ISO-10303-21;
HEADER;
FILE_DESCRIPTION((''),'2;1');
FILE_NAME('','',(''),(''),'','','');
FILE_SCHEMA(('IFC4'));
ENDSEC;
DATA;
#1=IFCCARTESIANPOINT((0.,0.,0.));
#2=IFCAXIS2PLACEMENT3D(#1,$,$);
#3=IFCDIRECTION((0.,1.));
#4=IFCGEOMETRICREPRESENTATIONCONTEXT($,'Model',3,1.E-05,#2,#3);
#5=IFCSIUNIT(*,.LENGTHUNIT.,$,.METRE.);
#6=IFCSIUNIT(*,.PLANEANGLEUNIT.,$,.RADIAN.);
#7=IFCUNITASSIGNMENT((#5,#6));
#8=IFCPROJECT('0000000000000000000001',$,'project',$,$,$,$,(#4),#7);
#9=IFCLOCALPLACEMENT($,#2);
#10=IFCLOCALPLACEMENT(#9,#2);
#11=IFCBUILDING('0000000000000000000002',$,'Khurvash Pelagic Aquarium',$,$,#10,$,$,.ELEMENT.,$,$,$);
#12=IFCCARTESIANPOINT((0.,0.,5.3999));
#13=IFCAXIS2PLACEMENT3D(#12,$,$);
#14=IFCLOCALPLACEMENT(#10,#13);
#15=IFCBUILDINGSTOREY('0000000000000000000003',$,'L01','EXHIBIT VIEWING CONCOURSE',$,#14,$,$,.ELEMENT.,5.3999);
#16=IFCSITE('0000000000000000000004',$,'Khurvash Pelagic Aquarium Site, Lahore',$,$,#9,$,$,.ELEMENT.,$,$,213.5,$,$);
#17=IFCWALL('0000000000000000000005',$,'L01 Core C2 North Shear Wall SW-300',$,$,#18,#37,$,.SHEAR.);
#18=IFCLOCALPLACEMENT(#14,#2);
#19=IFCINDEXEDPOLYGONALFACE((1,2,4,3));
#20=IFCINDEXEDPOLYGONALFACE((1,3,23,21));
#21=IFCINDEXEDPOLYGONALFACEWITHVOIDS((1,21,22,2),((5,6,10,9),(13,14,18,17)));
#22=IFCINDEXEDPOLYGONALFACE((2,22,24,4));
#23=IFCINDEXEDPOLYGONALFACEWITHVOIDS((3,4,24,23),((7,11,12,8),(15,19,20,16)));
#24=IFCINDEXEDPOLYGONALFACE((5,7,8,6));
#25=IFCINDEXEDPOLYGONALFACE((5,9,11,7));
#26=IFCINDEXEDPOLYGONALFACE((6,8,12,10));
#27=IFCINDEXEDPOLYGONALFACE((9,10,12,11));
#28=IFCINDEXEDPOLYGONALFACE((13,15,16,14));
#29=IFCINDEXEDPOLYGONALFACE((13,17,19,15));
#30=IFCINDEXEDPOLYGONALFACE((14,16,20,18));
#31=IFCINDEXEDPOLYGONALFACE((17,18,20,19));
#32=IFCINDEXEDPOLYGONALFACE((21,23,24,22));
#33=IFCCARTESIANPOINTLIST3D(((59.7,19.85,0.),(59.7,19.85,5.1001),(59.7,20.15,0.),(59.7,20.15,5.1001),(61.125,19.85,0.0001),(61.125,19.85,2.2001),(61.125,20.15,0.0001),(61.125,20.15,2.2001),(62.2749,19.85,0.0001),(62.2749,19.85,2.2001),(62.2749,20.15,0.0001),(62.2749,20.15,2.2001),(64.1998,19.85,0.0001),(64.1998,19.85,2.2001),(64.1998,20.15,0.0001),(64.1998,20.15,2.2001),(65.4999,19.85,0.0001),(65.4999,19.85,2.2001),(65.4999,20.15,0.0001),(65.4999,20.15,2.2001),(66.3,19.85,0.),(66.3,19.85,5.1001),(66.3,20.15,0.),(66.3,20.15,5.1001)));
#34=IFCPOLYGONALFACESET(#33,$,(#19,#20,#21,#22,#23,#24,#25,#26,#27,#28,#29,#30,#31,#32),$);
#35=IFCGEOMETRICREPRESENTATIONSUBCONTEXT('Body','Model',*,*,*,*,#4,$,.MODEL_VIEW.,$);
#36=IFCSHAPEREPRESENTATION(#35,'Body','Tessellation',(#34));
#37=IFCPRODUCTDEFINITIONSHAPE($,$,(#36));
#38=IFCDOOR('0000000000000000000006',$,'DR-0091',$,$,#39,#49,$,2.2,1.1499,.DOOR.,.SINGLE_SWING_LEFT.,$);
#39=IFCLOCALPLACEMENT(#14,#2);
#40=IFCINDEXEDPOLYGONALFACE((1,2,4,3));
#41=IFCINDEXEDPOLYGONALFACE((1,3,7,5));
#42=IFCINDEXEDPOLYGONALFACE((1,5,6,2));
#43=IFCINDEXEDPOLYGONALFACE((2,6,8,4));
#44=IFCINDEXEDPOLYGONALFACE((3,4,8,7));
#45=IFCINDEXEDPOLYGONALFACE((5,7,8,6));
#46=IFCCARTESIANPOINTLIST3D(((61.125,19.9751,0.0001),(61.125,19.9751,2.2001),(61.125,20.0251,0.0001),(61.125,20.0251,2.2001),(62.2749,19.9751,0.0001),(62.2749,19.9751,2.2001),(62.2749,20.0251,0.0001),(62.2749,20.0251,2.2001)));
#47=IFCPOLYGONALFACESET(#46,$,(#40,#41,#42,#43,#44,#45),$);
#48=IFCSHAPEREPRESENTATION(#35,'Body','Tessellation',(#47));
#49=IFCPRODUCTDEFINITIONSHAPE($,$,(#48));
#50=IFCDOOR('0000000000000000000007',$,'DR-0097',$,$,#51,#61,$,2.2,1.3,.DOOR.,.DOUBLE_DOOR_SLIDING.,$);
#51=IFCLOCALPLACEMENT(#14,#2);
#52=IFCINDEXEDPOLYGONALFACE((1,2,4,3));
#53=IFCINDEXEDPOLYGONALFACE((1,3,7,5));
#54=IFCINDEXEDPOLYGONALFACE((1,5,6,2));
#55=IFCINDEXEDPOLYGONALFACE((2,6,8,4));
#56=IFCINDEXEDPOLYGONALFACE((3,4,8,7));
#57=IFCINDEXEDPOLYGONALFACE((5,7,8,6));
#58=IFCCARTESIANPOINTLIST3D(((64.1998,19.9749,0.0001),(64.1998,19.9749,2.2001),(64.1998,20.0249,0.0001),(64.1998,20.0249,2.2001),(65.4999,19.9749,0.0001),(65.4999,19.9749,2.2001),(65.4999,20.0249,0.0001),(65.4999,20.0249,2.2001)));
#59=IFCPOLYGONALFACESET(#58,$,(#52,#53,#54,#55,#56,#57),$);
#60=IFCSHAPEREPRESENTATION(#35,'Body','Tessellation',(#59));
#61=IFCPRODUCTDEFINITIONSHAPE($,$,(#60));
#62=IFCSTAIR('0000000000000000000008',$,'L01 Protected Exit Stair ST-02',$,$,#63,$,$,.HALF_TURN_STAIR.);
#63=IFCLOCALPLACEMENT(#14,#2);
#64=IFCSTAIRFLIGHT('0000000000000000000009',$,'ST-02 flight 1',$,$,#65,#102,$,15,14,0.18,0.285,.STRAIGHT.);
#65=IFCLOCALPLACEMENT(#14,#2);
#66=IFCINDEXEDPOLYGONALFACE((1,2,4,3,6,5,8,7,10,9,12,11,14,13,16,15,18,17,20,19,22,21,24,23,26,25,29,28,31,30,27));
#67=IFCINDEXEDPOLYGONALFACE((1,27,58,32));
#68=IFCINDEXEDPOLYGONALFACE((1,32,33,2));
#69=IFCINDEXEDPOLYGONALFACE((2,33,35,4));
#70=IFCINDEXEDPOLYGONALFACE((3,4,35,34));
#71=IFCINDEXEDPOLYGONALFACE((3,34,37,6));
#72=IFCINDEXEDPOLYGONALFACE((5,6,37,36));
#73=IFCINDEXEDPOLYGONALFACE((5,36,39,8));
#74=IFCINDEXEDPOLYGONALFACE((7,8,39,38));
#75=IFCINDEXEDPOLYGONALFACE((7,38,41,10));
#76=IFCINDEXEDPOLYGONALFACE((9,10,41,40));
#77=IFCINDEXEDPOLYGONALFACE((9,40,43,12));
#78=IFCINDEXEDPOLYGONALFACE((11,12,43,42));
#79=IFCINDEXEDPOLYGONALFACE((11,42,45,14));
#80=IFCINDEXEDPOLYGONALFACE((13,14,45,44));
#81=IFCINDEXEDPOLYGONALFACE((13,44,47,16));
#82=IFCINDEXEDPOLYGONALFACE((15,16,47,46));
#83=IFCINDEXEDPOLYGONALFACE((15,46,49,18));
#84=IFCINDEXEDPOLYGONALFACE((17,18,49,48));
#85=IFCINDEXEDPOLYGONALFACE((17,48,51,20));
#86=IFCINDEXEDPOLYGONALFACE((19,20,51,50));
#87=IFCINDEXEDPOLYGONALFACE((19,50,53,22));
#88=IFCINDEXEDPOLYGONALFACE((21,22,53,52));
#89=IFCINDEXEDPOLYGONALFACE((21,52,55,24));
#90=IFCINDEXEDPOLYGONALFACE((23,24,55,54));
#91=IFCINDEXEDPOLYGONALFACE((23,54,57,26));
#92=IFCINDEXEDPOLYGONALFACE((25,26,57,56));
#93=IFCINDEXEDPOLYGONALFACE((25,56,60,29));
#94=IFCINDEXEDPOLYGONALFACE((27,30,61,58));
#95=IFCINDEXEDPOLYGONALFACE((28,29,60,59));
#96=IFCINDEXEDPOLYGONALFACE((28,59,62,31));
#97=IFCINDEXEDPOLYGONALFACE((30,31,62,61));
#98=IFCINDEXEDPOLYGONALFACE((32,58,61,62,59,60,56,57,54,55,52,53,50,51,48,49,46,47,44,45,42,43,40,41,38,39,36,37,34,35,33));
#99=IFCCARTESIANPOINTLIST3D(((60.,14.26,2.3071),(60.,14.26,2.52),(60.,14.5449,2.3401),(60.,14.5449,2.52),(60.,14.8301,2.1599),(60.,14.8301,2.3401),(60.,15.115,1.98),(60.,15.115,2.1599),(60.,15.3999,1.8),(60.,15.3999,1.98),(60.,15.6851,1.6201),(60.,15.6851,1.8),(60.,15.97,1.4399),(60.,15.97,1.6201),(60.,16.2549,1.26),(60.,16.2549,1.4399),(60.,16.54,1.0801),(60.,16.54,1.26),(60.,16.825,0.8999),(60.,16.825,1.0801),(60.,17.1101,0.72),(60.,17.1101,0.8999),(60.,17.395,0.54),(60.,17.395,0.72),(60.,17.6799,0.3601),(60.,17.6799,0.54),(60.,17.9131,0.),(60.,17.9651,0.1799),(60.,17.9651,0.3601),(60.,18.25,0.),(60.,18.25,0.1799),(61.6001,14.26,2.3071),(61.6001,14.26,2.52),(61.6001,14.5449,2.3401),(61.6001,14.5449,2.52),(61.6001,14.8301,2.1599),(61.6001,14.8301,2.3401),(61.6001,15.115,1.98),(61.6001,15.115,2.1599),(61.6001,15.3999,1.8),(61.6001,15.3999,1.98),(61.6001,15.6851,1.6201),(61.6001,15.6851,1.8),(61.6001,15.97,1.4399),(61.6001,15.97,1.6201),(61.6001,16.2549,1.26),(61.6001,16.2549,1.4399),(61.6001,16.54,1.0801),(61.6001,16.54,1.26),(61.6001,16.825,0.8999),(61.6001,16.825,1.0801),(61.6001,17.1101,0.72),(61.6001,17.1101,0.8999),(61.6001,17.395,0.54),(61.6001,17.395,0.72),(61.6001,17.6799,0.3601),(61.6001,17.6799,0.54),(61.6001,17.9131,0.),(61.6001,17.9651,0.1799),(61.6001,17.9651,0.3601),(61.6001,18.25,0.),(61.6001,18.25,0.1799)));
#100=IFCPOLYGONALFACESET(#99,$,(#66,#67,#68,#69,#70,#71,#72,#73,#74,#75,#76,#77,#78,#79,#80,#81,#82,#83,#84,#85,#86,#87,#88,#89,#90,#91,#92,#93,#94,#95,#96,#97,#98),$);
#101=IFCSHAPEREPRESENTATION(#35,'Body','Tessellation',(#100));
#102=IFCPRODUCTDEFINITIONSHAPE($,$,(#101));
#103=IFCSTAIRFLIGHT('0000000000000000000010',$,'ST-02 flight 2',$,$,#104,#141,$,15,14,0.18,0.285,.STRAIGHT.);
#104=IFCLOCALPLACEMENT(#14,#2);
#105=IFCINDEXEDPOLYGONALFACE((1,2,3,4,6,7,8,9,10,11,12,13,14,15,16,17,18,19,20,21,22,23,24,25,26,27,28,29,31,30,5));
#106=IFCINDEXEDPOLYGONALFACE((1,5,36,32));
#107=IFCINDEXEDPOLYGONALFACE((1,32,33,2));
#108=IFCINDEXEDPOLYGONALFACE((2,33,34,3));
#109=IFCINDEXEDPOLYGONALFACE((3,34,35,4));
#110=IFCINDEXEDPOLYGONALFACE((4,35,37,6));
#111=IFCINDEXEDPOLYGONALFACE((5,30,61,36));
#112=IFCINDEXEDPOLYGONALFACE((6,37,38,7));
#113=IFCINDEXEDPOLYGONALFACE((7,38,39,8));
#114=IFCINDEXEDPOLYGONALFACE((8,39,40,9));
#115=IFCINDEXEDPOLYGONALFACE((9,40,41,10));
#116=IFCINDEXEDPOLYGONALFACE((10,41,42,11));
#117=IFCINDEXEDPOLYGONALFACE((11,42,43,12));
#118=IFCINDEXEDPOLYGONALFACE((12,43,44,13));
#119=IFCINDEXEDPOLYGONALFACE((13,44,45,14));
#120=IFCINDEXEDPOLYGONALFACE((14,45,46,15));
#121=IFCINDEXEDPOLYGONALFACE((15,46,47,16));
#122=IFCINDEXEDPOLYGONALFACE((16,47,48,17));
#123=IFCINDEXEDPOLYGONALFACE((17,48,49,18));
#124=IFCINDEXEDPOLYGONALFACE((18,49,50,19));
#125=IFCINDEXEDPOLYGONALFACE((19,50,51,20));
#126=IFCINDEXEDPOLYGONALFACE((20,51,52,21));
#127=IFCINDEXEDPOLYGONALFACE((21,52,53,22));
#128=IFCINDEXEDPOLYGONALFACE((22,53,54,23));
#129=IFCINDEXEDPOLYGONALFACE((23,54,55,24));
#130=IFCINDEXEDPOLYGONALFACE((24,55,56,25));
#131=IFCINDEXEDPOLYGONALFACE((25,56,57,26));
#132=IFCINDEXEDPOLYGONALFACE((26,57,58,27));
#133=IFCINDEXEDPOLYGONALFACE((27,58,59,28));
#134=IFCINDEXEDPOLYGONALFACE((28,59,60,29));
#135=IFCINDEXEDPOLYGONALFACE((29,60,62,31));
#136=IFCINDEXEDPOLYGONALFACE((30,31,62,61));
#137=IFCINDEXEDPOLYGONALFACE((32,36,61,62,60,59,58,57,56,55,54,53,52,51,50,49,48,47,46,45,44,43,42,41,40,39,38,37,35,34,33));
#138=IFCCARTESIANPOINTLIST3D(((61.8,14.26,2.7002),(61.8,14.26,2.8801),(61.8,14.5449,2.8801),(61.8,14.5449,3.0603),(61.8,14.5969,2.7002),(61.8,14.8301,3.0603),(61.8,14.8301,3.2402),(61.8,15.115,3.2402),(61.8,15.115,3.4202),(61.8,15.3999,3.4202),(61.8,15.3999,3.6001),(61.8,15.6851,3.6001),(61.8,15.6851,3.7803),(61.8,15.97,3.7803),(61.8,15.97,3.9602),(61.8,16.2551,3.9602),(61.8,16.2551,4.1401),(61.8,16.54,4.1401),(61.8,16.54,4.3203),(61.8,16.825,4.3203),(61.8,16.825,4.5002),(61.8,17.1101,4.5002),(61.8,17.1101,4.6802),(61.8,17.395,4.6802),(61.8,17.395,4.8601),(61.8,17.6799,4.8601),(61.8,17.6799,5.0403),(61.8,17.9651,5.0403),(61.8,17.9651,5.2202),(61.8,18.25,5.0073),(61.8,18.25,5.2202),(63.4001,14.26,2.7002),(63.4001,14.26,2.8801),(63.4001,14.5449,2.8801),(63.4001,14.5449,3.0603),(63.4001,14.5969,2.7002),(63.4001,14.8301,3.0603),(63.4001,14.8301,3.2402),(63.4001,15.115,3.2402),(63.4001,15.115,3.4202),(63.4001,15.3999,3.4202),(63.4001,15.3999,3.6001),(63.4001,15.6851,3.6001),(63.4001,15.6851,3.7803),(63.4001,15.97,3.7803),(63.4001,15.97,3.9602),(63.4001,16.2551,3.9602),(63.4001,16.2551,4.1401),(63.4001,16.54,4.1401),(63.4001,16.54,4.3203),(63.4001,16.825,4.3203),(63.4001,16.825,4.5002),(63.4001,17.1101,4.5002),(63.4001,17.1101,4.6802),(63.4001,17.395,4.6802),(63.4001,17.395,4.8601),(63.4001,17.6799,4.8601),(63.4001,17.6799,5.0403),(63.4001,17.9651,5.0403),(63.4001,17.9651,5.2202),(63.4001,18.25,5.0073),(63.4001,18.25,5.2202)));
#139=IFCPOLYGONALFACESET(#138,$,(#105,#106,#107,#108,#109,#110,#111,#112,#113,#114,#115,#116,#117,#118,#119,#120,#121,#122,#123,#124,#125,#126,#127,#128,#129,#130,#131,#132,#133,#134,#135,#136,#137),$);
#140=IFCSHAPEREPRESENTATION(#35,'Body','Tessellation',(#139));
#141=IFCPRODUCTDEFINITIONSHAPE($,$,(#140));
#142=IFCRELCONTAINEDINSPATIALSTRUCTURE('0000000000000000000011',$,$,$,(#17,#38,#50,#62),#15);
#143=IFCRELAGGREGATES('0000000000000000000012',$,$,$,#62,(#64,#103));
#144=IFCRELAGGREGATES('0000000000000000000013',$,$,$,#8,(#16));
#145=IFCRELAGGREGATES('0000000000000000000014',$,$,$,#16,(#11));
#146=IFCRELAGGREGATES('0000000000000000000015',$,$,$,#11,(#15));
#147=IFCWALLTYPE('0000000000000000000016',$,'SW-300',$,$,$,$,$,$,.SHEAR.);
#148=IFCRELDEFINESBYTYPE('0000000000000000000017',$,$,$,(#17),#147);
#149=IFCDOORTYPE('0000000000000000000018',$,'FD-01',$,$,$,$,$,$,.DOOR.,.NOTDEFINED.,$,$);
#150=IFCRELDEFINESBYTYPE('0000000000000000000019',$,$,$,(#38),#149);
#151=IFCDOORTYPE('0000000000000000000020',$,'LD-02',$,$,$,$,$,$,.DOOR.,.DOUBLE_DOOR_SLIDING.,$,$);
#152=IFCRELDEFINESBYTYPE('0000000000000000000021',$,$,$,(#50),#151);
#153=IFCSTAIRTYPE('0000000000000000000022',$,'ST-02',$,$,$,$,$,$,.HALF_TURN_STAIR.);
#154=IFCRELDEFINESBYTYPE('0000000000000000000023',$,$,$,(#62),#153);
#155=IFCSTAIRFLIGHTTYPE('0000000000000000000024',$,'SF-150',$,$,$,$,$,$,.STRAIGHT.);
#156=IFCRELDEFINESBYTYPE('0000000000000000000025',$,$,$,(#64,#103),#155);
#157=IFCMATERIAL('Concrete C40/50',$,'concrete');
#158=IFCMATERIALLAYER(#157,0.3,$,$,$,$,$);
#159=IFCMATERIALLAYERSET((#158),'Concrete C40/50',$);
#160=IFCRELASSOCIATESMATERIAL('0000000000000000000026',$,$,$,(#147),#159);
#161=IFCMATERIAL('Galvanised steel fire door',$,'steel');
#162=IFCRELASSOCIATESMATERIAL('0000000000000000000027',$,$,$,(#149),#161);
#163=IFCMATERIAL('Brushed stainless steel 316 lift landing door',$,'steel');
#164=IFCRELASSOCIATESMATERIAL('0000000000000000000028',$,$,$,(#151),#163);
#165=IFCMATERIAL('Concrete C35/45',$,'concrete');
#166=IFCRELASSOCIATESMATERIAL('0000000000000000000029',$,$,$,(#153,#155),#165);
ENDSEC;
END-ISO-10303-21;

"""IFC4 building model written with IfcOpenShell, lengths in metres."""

from ifc_helpers import new_model, si_unit, direction, frame, frame_2d, origin, place, context, subcontext, project, spatial, polyline, rectangle, outline, extrude, material, layer, layer_set, type_object, element, fill, aggregate, save


model = new_model("IFC4")

# Units and contexts
model_context = context("Model", 3, precision=1e-05, world=origin(), true_north=direction((0.0, 1.0)))
body_context = subcontext(model_context, "Body", "Model", "MODEL_VIEW")
ifc_project = project(units=[si_unit("LENGTHUNIT", "METRE"), si_unit("PLANEANGLEUNIT", "RADIAN")], contexts=[model_context])

# Site, building, storey
site_placement = place(None, origin())
site = spatial("IfcSite", under=ifc_project, at=site_placement, Name="Khurvash Pelagic Aquarium Site, Lahore", CompositionType="ELEMENT", RefElevation=213.5)
building_placement = place(site_placement, origin())
building = spatial("IfcBuilding", under=site, at=building_placement, Name="Khurvash Pelagic Aquarium", CompositionType="ELEMENT")
storey_placement = place(building_placement, frame((0.0, 0.0, 5.3999)))
storey = spatial("IfcBuildingStorey", under=building, at=storey_placement, Name="L01", Description="EXHIBIT VIEWING CONCOURSE", CompositionType="ELEMENT", Elevation=5.3999)

# Shared definitions
ifc_material_1 = material(Name="Concrete C40/50", Category="concrete")

# Shared definitions
ifc_material_2 = material(Name="Concrete C35/45", Category="concrete")

# Wall, openings, doors
ifc_layer_1 = layer(ifc_material_1, 0.3)
ifc_layer_set_1 = layer_set([ifc_layer_1], Name="Concrete C40/50")
wall_type_1 = type_object("IfcWallType", Name="SW-300", PredefinedType="SHEAR", material=ifc_layer_set_1)
wall_1_placement = place(storey_placement, frame((59.7, 20.0, 0.0), z_axis=(0.0, 0.0, 1.0), x_axis=(1.0, 0.0, 0.0)))
wall_1 = element("IfcWall", 1, at=wall_1_placement, inside=storey, type_object=wall_type_1, Name="L01 Core C2 North Shear Wall SW-300", PredefinedType="SHEAR", context=body_context, shape_type="SweptSolid", body=[
    extrude(rectangle(XDim=6.6001, YDim=0.3, at=frame_2d((3.3, 0.0))), origin(), (0.0, 0.0, 1.0), 5.1001),
])
opening_1_placement = place(wall_1_placement, frame((1.425, 0.0, 0.0)))
opening_1 = element("IfcOpeningElement", 2, at=opening_1_placement, cuts=wall_1, PredefinedType="OPENING", context=body_context, shape_type="SweptSolid", body=[
    extrude(rectangle(XDim=1.1499, YDim=2.2, at=frame_2d((0.575, 1.1001))), frame((0.0, 0.1602, 0.0), z_axis=(0.0, -1.0, 0.0), x_axis=(1.0, 0.0, 0.0)), (0.0, 0.0, 1.0), 0.3201),
])
opening_2_placement = place(wall_1_placement, frame((4.5, 0.0, 0.0)))
opening_2 = element("IfcOpeningElement", 3, at=opening_2_placement, cuts=wall_1, PredefinedType="OPENING", context=body_context, shape_type="SweptSolid", body=[
    extrude(rectangle(XDim=1.3, YDim=2.2, at=frame_2d((0.6499, 1.1001))), frame((0.0, 0.1602, 0.0), z_axis=(0.0, -1.0, 0.0), x_axis=(1.0, 0.0, 0.0)), (0.0, 0.0, 1.0), 0.3201),
])
ifc_material_3 = material(Name="Galvanised steel fire door", Category="steel")
door_type_1 = type_object("IfcDoorType", Name="FD-01", OperationType="NOTDEFINED", PredefinedType="DOOR", material=ifc_material_3)
door_1_placement = place(opening_1_placement, frame((1.1499, 0.0, 0.0), z_axis=(0.0, 0.0, 1.0), x_axis=(-1.0, 0.0, 0.0)))
door_1 = element("IfcDoor", 4, at=door_1_placement, inside=storey, type_object=door_type_1, Name="DR-0091", OperationType="SINGLE_SWING_LEFT", OverallHeight=2.2, OverallWidth=1.1499, PredefinedType="DOOR", context=body_context, shape_type="SweptSolid", body=[
    extrude(rectangle(XDim=1.1499, YDim=2.2, at=frame_2d((0.575, 1.1001))), frame((0.0, 0.0249, 0.0), z_axis=(0.0, -1.0, 0.0), x_axis=(1.0, 0.0, 0.0)), (0.0, 0.0, 1.0), 0.05),
])
fill(opening_1, door_1)
ifc_material_4 = material(Name="Brushed stainless steel 316 lift landing door", Category="steel")
door_type_2 = type_object("IfcDoorType", Name="LD-02", OperationType="DOUBLE_DOOR_SLIDING", PredefinedType="DOOR", material=ifc_material_4)
door_2_placement = place(opening_2_placement, origin())
door_2 = element("IfcDoor", 5, at=door_2_placement, inside=storey, type_object=door_type_2, Name="DR-0097", OperationType="DOUBLE_DOOR_SLIDING", OverallHeight=2.2, OverallWidth=1.3, PredefinedType="DOOR", context=body_context, shape_type="SweptSolid", body=[
    extrude(rectangle(XDim=1.3, YDim=2.2, at=frame_2d((0.6499, 1.1001))), frame((0.0, 0.0249, 0.0), z_axis=(0.0, -1.0, 0.0), x_axis=(1.0, 0.0, 0.0)), (0.0, 0.0, 1.0), 0.05),
])
fill(opening_2, door_2)

# Stair, stair flights
stair_type = type_object("IfcStairType", Name="ST-02", PredefinedType="HALF_TURN_STAIR", material=ifc_material_2)
stair_placement = place(storey_placement, origin())
stair = element("IfcStair", 6, at=stair_placement, inside=storey, type_object=stair_type, Name="L01 Protected Exit Stair ST-02", PredefinedType="HALF_TURN_STAIR")
stair_flight_type = type_object("IfcStairFlightType", Name="SF-150", PredefinedType="STRAIGHT", material=ifc_material_2)
stair_flight_1_placement = place(storey_placement, frame((60.8, 18.25, 0.0), z_axis=(0.0, 0.0, 1.0), x_axis=(0.0, -1.0, 0.0)))
stair_flight_1 = element("IfcStairFlight", 7, at=stair_flight_1_placement, type_object=stair_flight_type, Name="ST-02 flight 1", NumberOfRisers=15, NumberOfTreads=14, PredefinedType="STRAIGHT", RiserHeight=0.18, TreadLength=0.285, context=body_context, shape_type="SweptSolid", body=[
    extrude(outline(polyline([(0.0, 0.0), (0.0, 0.1799), (0.2849, 0.1799), (0.2849, 0.3601), (0.5701, 0.3601), (0.5701, 0.54), (0.855, 0.54), (0.855, 0.72), (1.1399, 0.72), (1.1399, 0.8999), (1.425, 0.8999), (1.425, 1.0801), (1.71, 1.0801), (1.71, 1.26), (1.9951, 1.26), (1.9951, 1.4399), (2.28, 1.4399), (2.28, 1.6201), (2.5649, 1.6201), (2.5649, 1.8), (2.8501, 1.8), (2.8501, 1.98), (3.135, 1.98), (3.135, 2.1599), (3.4199, 2.1599), (3.4199, 2.3401), (3.7051, 2.3401), (3.7051, 2.52), (3.99, 2.52), (3.99, 2.7), (3.99, 2.3071), (0.3369, 0.0), (0.0, 0.0)])), frame((0.0, 0.8, 0.0), z_axis=(0.0, -1.0, 0.0), x_axis=(1.0, 0.0, 0.0)), (0.0, 0.0, 1.0), 1.6001),
])
stair_flight_2_placement = place(storey_placement, frame((62.6001, 14.26, 2.7002), z_axis=(0.0, 0.0, 1.0), x_axis=(0.0, 1.0, 0.0)))
stair_flight_2 = element("IfcStairFlight", 8, at=stair_flight_2_placement, type_object=stair_flight_type, Name="ST-02 flight 2", NumberOfRisers=15, NumberOfTreads=14, PredefinedType="STRAIGHT", RiserHeight=0.18, TreadLength=0.285, context=body_context, shape_type="SweptSolid", body=[
    extrude(outline(polyline([(0.0, 0.0), (0.0, 0.1799), (0.2849, 0.1799), (0.2849, 0.3601), (0.5701, 0.3601), (0.5701, 0.54), (0.855, 0.54), (0.855, 0.72), (1.1399, 0.72), (1.1399, 0.8999), (1.425, 0.8999), (1.425, 1.0801), (1.71, 1.0801), (1.71, 1.26), (1.9951, 1.26), (1.9951, 1.4399), (2.28, 1.4399), (2.28, 1.6201), (2.5649, 1.6201), (2.5649, 1.8), (2.8501, 1.8), (2.8501, 1.98), (3.135, 1.98), (3.135, 2.1599), (3.4199, 2.1599), (3.4199, 2.3401), (3.7051, 2.3401), (3.7051, 2.52), (3.99, 2.52), (3.99, 2.7), (3.99, 2.3071), (0.3369, 0.0), (0.0, 0.0)])), frame((0.0, 0.8, 0.0), z_axis=(0.0, -1.0, 0.0), x_axis=(1.0, 0.0, 0.0)), (0.0, 0.0, 1.0), 1.6001),
])
aggregate(stair, [stair_flight_1, stair_flight_2])

save(model, "model.ifc")
